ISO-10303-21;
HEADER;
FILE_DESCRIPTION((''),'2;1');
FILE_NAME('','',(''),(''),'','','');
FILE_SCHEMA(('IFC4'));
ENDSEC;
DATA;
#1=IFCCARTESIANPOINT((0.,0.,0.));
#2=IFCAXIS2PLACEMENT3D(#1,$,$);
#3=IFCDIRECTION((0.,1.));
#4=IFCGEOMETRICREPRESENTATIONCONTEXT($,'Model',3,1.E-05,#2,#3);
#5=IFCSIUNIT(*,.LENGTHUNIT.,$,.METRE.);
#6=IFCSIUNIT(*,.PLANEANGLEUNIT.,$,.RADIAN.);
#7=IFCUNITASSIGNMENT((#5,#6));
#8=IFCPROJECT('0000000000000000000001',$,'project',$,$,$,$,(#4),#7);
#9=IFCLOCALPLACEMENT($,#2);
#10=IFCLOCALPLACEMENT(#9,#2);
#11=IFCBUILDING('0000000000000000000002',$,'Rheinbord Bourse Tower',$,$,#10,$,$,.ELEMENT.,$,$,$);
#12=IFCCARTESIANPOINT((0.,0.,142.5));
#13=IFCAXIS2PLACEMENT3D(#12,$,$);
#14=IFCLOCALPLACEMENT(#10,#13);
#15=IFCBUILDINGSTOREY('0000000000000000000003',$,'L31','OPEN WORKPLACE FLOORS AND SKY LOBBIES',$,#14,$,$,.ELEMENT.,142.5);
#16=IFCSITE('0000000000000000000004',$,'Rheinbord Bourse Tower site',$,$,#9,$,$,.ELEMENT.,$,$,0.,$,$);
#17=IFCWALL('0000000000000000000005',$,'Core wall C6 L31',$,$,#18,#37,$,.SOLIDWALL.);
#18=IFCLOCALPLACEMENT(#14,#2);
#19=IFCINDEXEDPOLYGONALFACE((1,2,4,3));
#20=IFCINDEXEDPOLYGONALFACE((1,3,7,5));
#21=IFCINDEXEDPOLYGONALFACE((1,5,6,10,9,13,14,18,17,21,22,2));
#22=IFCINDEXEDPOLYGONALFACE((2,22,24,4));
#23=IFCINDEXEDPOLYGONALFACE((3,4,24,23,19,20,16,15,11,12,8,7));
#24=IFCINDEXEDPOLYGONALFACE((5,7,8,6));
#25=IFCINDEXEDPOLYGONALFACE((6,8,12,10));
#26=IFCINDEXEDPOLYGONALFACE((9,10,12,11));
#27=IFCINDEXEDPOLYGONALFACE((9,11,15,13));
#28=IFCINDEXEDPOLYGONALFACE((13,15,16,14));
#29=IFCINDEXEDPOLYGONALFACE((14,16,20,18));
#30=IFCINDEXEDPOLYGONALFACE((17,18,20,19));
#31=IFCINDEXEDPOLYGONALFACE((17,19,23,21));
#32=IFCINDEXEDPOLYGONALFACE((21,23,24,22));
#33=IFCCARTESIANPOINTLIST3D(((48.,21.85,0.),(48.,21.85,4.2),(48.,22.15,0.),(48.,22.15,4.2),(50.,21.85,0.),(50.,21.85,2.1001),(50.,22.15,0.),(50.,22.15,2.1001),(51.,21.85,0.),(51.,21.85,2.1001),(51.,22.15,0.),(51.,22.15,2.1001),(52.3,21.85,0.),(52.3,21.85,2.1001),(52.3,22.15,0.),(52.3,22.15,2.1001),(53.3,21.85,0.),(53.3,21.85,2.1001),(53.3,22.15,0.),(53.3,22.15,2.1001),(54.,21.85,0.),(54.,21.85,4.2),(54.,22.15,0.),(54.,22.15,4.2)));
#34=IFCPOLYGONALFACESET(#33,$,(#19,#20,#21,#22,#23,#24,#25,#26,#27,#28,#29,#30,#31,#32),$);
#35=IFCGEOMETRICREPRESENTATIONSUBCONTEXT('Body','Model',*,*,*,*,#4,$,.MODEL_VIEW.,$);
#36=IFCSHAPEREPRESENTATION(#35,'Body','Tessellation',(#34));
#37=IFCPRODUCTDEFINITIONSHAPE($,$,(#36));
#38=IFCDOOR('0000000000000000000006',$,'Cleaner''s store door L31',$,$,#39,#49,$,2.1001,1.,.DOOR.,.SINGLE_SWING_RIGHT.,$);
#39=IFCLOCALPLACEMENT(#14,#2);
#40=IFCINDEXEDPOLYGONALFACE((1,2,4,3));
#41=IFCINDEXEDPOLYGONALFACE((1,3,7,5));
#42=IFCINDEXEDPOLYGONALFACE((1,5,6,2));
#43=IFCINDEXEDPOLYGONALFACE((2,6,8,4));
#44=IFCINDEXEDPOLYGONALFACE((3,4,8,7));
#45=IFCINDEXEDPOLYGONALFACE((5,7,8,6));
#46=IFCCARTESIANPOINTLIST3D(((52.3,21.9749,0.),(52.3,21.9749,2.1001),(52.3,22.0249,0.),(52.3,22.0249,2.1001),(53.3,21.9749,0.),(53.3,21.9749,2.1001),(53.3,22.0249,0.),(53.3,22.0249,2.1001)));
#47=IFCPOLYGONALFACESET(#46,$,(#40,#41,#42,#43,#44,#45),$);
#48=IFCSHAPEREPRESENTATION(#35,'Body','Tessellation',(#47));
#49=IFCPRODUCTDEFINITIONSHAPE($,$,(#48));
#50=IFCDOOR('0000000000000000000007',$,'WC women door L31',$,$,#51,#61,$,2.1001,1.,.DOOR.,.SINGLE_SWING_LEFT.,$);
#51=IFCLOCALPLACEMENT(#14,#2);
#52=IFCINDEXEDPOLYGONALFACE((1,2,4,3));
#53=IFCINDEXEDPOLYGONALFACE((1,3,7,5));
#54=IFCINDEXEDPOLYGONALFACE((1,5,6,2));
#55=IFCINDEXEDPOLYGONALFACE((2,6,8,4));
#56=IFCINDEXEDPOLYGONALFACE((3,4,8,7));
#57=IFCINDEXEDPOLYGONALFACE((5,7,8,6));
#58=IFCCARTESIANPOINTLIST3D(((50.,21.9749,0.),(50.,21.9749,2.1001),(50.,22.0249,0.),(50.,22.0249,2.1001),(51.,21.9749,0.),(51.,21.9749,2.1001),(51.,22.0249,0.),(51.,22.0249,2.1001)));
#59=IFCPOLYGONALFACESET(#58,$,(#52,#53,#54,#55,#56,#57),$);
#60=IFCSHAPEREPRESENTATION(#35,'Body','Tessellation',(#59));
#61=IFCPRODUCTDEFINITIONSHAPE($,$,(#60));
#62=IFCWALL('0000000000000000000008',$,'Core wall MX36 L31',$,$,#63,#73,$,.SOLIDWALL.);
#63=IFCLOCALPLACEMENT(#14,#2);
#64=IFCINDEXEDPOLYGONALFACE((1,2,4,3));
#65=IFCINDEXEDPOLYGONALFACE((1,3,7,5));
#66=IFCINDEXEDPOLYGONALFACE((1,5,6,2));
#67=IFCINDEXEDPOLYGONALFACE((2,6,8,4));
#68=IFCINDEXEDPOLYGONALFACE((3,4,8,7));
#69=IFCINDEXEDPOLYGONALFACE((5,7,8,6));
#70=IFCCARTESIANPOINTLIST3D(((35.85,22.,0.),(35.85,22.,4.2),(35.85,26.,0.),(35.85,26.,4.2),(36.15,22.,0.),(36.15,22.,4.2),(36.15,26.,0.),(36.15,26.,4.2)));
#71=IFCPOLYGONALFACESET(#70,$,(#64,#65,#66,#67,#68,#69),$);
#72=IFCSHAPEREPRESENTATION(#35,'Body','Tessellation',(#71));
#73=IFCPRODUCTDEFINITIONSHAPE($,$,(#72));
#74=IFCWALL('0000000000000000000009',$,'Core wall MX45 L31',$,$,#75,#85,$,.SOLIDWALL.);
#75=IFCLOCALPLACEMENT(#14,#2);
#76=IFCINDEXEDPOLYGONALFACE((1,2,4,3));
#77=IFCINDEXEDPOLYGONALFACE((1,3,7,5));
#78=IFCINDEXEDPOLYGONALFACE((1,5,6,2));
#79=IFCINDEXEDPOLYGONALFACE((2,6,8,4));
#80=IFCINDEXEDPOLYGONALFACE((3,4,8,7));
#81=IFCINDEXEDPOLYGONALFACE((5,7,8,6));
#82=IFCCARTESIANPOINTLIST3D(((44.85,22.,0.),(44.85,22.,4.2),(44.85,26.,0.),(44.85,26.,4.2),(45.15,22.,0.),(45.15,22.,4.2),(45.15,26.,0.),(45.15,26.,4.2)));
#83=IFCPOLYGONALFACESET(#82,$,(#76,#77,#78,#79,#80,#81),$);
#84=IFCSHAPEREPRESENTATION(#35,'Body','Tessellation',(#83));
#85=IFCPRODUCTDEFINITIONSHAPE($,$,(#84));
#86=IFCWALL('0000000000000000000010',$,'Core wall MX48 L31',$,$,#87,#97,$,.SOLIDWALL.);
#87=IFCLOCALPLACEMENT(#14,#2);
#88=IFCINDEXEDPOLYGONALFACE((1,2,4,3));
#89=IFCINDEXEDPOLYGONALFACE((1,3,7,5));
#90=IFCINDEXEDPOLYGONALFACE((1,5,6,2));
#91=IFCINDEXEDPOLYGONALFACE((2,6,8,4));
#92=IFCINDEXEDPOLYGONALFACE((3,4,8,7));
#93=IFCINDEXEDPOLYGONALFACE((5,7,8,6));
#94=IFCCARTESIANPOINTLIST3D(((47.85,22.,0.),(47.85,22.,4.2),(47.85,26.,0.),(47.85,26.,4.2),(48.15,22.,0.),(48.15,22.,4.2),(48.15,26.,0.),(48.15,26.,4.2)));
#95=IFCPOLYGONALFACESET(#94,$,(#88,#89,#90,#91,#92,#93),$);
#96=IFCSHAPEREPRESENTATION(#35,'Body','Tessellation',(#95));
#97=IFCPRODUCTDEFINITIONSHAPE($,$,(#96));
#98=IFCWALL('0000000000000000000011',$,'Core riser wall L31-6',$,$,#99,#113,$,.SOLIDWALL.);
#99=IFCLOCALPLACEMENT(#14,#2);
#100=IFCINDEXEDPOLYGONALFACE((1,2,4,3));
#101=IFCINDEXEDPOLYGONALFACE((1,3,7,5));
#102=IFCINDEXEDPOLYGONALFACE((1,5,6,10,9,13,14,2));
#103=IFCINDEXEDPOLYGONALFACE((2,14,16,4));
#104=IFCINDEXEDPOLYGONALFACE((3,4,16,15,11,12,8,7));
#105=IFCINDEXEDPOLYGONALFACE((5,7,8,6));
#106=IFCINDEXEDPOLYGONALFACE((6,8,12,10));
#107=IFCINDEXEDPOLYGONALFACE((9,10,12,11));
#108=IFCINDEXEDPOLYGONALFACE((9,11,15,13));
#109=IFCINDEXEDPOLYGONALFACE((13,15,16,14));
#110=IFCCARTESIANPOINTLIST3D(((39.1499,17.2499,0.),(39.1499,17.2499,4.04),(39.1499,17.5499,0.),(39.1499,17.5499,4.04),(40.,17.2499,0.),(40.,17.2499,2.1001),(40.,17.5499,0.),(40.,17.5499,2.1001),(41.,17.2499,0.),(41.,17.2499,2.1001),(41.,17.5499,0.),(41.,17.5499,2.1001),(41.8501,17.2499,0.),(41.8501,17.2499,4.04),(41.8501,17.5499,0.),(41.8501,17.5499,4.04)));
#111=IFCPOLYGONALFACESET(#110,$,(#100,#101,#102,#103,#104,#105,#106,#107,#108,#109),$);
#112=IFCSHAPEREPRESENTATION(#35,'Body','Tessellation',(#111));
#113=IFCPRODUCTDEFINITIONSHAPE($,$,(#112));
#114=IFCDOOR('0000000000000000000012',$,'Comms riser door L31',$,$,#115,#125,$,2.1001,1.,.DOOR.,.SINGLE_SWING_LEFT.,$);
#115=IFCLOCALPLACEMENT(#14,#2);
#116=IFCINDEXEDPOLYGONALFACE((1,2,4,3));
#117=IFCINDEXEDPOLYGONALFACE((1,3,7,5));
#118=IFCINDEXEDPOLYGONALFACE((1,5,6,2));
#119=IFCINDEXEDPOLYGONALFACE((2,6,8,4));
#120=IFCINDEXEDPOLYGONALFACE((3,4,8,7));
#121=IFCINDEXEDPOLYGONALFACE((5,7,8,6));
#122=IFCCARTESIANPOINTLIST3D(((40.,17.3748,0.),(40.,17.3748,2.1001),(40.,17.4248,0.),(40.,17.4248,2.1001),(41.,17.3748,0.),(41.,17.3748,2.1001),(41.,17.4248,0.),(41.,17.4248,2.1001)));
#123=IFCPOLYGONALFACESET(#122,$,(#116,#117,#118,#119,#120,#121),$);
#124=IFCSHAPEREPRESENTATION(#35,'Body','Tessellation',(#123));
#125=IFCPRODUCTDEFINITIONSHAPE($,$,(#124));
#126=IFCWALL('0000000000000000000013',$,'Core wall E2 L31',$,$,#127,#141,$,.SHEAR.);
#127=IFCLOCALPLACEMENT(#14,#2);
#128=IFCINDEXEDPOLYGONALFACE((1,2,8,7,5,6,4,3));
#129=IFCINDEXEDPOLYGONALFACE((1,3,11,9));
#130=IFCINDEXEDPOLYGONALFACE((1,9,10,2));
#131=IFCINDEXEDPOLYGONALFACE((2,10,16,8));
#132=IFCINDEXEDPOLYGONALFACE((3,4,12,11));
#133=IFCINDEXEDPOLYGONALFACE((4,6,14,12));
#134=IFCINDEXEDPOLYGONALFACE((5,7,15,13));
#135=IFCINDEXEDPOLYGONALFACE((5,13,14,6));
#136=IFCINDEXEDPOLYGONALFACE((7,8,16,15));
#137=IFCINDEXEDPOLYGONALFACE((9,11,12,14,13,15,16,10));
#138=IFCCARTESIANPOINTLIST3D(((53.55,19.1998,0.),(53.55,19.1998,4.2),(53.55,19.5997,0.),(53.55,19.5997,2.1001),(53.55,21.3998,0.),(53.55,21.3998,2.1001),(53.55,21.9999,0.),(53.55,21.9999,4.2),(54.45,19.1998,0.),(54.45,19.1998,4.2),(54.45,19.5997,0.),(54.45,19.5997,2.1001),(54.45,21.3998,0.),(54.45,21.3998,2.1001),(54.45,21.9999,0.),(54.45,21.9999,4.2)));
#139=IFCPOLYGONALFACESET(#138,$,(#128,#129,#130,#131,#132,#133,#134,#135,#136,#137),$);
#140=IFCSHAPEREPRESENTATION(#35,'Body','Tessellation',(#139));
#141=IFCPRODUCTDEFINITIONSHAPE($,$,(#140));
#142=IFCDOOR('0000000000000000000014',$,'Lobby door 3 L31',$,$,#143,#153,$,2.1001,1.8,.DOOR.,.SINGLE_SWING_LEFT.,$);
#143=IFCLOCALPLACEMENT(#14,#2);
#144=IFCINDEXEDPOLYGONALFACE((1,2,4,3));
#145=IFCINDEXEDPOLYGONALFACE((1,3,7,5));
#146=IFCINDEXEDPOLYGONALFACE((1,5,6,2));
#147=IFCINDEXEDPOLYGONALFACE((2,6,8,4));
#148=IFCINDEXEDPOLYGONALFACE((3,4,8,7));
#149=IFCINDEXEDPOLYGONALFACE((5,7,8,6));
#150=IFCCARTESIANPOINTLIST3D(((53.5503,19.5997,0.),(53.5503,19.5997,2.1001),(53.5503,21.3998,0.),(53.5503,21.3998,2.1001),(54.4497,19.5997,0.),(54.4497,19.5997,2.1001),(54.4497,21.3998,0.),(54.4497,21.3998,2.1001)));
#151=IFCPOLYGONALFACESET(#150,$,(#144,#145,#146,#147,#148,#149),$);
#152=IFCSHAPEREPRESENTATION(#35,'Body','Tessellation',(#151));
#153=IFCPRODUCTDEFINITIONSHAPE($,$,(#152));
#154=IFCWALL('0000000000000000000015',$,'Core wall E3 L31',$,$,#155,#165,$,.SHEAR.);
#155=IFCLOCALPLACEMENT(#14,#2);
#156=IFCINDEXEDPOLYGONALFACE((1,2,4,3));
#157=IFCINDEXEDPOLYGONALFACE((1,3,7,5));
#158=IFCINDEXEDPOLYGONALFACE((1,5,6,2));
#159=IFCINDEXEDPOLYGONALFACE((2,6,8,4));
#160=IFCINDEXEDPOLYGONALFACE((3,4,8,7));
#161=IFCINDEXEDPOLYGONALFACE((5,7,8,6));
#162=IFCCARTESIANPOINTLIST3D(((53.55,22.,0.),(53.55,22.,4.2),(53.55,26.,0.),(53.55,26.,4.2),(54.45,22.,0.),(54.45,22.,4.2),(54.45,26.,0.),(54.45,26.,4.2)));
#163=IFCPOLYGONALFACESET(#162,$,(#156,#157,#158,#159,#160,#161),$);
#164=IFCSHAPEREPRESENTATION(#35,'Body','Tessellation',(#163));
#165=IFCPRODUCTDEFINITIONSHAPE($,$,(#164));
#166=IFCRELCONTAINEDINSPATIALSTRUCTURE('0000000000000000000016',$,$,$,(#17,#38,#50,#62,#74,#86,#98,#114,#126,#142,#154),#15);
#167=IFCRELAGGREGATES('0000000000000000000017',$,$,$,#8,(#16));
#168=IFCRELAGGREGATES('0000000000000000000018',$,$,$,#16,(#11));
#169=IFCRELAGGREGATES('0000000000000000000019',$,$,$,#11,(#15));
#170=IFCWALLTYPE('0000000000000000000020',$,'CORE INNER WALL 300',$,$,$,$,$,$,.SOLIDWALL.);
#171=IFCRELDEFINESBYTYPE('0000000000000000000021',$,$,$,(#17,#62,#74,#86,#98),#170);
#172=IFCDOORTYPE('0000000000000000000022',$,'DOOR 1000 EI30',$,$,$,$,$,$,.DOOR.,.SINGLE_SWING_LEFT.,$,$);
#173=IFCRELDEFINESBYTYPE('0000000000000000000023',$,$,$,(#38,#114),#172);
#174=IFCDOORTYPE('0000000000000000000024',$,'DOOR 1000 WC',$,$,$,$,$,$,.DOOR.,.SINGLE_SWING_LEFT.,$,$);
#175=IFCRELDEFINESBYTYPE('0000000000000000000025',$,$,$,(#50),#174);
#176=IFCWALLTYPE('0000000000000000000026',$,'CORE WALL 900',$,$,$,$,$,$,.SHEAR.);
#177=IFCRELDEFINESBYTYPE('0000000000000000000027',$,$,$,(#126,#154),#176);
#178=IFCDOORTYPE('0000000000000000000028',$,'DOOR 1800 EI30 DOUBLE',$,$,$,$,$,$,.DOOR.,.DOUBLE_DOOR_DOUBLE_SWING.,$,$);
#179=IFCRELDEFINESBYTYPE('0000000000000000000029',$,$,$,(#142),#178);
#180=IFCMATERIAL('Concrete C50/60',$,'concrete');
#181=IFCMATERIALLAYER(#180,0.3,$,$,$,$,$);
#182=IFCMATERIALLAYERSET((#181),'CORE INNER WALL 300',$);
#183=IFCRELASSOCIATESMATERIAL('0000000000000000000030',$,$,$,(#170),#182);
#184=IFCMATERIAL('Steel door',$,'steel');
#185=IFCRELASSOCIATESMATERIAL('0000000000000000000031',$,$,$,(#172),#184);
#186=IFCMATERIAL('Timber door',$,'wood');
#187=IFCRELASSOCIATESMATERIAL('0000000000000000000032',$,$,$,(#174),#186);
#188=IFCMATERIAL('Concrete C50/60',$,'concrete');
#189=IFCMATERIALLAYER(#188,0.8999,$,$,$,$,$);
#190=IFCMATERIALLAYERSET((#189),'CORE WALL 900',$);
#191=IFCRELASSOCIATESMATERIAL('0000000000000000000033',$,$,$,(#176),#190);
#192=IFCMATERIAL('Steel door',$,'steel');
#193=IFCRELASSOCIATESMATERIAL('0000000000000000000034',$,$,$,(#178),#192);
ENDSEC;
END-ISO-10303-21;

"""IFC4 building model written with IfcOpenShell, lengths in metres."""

from ifc_helpers import new_model, si_unit, direction, frame, frame_2d, origin, place, context, subcontext, project, spatial, rectangle, extrude, material, layer, layer_set, type_object, element, fill, save


model = new_model("IFC4")

# Units and contexts
model_context = context("Model", 3, precision=1e-05, world=origin(), true_north=direction((0.0, 1.0)))
body_context = subcontext(model_context, "Body", "Model", "MODEL_VIEW")
ifc_project = project(units=[si_unit("LENGTHUNIT", "METRE"), si_unit("PLANEANGLEUNIT", "RADIAN")], contexts=[model_context])

# Site, building, storey
site_placement = place(None, origin())
site = spatial("IfcSite", under=ifc_project, at=site_placement, Name="Rheinbord Bourse Tower site", CompositionType="ELEMENT", RefElevation=0.0)
building_placement = place(site_placement, origin())
building = spatial("IfcBuilding", under=site, at=building_placement, Name="Rheinbord Bourse Tower", CompositionType="ELEMENT")
storey_placement = place(building_placement, frame((0.0, 0.0, 142.5)))
storey = spatial("IfcBuildingStorey", under=building, at=storey_placement, Name="L31", Description="OPEN WORKPLACE FLOORS AND SKY LOBBIES", CompositionType="ELEMENT", Elevation=142.5)

# Shared definitions
ifc_material_1 = material(Name="Concrete C50/60", Category="concrete")
ifc_layer_1 = layer(ifc_material_1, 0.3)
ifc_layer_set_1 = layer_set([ifc_layer_1], Name="CORE INNER WALL 300")
wall_type_1 = type_object("IfcWallType", Name="CORE INNER WALL 300", PredefinedType="SOLIDWALL", material=ifc_layer_set_1)
ifc_material_2 = material(Name="Steel door", Category="steel")
door_type_1 = type_object("IfcDoorType", Name="DOOR 1000 EI30", OperationType="SINGLE_SWING_LEFT", PredefinedType="DOOR", material=ifc_material_2)

# Shared definitions
ifc_material_3 = material(Name="Timber door", Category="wood")
door_type_2 = type_object("IfcDoorType", Name="DOOR 1000 WC", OperationType="SINGLE_SWING_LEFT", PredefinedType="DOOR", material=ifc_material_3)

# Wall, openings, doors
wall_1_placement = place(storey_placement, frame((48.0, 22.0, 0.0), z_axis=(0.0, 0.0, 1.0), x_axis=(1.0, 0.0, 0.0)))
wall_1 = element("IfcWall", 1, at=wall_1_placement, inside=storey, type_object=wall_type_1, Name="Core wall C6 L31", PredefinedType="SOLIDWALL", context=body_context, shape_type="SweptSolid", body=[
    extrude(rectangle(XDim=6.0, YDim=0.3, at=frame_2d((3.0, 0.0))), origin(), (0.0, 0.0, 1.0), 4.2),
])
opening_1_placement = place(wall_1_placement, frame((2.0, 0.0, 0.0)))
opening_1 = element("IfcOpeningElement", 2, at=opening_1_placement, cuts=wall_1, PredefinedType="OPENING", context=body_context, shape_type="SweptSolid", body=[
    extrude(rectangle(XDim=1.0, YDim=2.1001, at=frame_2d((0.5, 1.05))), frame((0.0, 0.1599, 0.0), z_axis=(0.0, -1.0, 0.0), x_axis=(1.0, 0.0, 0.0)), (0.0, 0.0, 1.0), 0.3201),
])
opening_2_placement = place(wall_1_placement, frame((4.3, 0.0, 0.0)))
opening_2 = element("IfcOpeningElement", 3, at=opening_2_placement, cuts=wall_1, PredefinedType="OPENING", context=body_context, shape_type="SweptSolid", body=[
    extrude(rectangle(XDim=1.0, YDim=2.1001, at=frame_2d((0.5, 1.05))), frame((0.0, 0.1599, 0.0), z_axis=(0.0, -1.0, 0.0), x_axis=(1.0, 0.0, 0.0)), (0.0, 0.0, 1.0), 0.3201),
])
door_1_placement = place(opening_2_placement, origin())
door_1 = element("IfcDoor", 4, at=door_1_placement, inside=storey, type_object=door_type_1, Name="Cleaner's store door L31", OperationType="SINGLE_SWING_RIGHT", OverallHeight=2.1001, OverallWidth=1.0, PredefinedType="DOOR", context=body_context, shape_type="SweptSolid", body=[
    extrude(rectangle(XDim=1.0, YDim=2.1001, at=frame_2d((0.5, 1.05))), frame((0.0, 0.0249, 0.0), z_axis=(0.0, -1.0, 0.0), x_axis=(1.0, 0.0, 0.0)), (0.0, 0.0, 1.0), 0.05),
])
fill(opening_2, door_1)
door_2_placement = place(opening_1_placement, origin())
door_2 = element("IfcDoor", 5, at=door_2_placement, inside=storey, type_object=door_type_2, Name="WC women door L31", OperationType="SINGLE_SWING_LEFT", OverallHeight=2.1001, OverallWidth=1.0, PredefinedType="DOOR", context=body_context, shape_type="SweptSolid", body=[
    extrude(rectangle(XDim=1.0, YDim=2.1001, at=frame_2d((0.5, 1.05))), frame((0.0, 0.0249, 0.0), z_axis=(0.0, -1.0, 0.0), x_axis=(1.0, 0.0, 0.0)), (0.0, 0.0, 1.0), 0.05),
])
fill(opening_1, door_2)

# Walls
for number, where, z_axis, x_axis, name in (
    (6, (36.0, 22.0, 0.0), (0.0, 0.0, 1.0), (0.0, 1.0, 0.0), "Core wall MX36 L31"),
    (7, (45.0, 22.0, 0.0), (0.0, 0.0, 1.0), (0.0, 1.0, 0.0), "Core wall MX45 L31"),
    (8, (48.0, 22.0, 0.0), (0.0, 0.0, 1.0), (0.0, 1.0, 0.0), "Core wall MX48 L31"),
):
    element("IfcWall", number, at=place(storey_placement, frame(where, z_axis=z_axis, x_axis=x_axis)), inside=storey, type_object=wall_type_1, Name=name, PredefinedType="SOLIDWALL", context=body_context, shape_type="SweptSolid", body=[
        extrude(rectangle(XDim=4.0, YDim=0.3, at=frame_2d((2.0, 0.0))), origin(), (0.0, 0.0, 1.0), 4.2),
    ])

# Walls, openings, doors
wall_2_placement = place(storey_placement, frame((39.1499, 17.3999, 0.0), z_axis=(0.0, 0.0, 1.0), x_axis=(1.0, 0.0, 0.0)))
wall_2 = element("IfcWall", 9, at=wall_2_placement, inside=storey, type_object=wall_type_1, Name="Core riser wall L31-6", PredefinedType="SOLIDWALL", context=body_context, shape_type="SweptSolid", body=[
    extrude(rectangle(XDim=2.7002, YDim=0.3, at=frame_2d((1.3501, 0.0))), origin(), (0.0, 0.0, 1.0), 4.04),
])
opening_3_placement = place(wall_2_placement, frame((0.8501, 0.0, 0.0)))
opening_3 = element("IfcOpeningElement", 10, at=opening_3_placement, cuts=wall_2, PredefinedType="OPENING", context=body_context, shape_type="SweptSolid", body=[
    extrude(rectangle(XDim=1.0, YDim=2.1001, at=frame_2d((0.5, 1.05))), frame((0.0, 0.1599, 0.0), z_axis=(0.0, -1.0, 0.0), x_axis=(1.0, 0.0, 0.0)), (0.0, 0.0, 1.0), 0.3201),
])
door_3_placement = place(opening_3_placement, origin())
door_3 = element("IfcDoor", 11, at=door_3_placement, inside=storey, type_object=door_type_1, Name="Comms riser door L31", OperationType="SINGLE_SWING_LEFT", OverallHeight=2.1001, OverallWidth=1.0, PredefinedType="DOOR", context=body_context, shape_type="SweptSolid", body=[
    extrude(rectangle(XDim=1.0, YDim=2.1001, at=frame_2d((0.5, 1.05))), frame((0.0, 0.0249, 0.0), z_axis=(0.0, -1.0, 0.0), x_axis=(1.0, 0.0, 0.0)), (0.0, 0.0, 1.0), 0.05),
])
fill(opening_3, door_3)
ifc_material_4 = material(Name="Concrete C50/60", Category="concrete")
ifc_layer_2 = layer(ifc_material_4, 0.8999)
ifc_layer_set_2 = layer_set([ifc_layer_2], Name="CORE WALL 900")
wall_type_2 = type_object("IfcWallType", Name="CORE WALL 900", PredefinedType="SHEAR", material=ifc_layer_set_2)
wall_3_placement = place(storey_placement, frame((54.0, 19.2, 0.0), z_axis=(0.0, 0.0, 1.0), x_axis=(0.0, 1.0, 0.0)))
wall_3 = element("IfcWall", 12, at=wall_3_placement, inside=storey, type_object=wall_type_2, Name="Core wall E2 L31", PredefinedType="SHEAR", context=body_context, shape_type="SweptSolid", body=[
    extrude(rectangle(XDim=2.8, YDim=0.8999, at=frame_2d((1.3999, 0.0))), origin(), (0.0, 0.0, 1.0), 4.2),
])
opening_4_placement = place(wall_3_placement, frame((0.3999, 0.0, 0.0)))
opening_4 = element("IfcOpeningElement", 13, at=opening_4_placement, cuts=wall_3, PredefinedType="OPENING", context=body_context, shape_type="SweptSolid", body=[
    extrude(rectangle(XDim=1.8, YDim=2.1001, at=frame_2d((0.8999, 1.05))), frame((0.0, 0.46, 0.0), z_axis=(0.0, -1.0, 0.0), x_axis=(1.0, 0.0, 0.0)), (0.0, 0.0, 1.0), 0.9199),
])
ifc_material_5 = material(Name="Steel door", Category="steel")
door_type_3 = type_object("IfcDoorType", Name="DOOR 1800 EI30 DOUBLE", OperationType="DOUBLE_DOOR_DOUBLE_SWING", PredefinedType="DOOR", material=ifc_material_5)
door_4_placement = place(opening_4_placement, origin())
door_4 = element("IfcDoor", 14, at=door_4_placement, inside=storey, type_object=door_type_3, Name="Lobby door 3 L31", OperationType="SINGLE_SWING_LEFT", OverallHeight=2.1001, OverallWidth=1.8, PredefinedType="DOOR", context=body_context, shape_type="SweptSolid", body=[
    extrude(rectangle(XDim=1.8, YDim=2.1001, at=frame_2d((0.8999, 1.05))), frame((0.0, 0.4497, 0.0), z_axis=(0.0, -1.0, 0.0), x_axis=(1.0, 0.0, 0.0)), (0.0, 0.0, 1.0), 0.8994),
])
fill(opening_4, door_4)

# Wall
wall_4_placement = place(storey_placement, frame((54.0, 22.0, 0.0), z_axis=(0.0, 0.0, 1.0), x_axis=(0.0, 1.0, 0.0)))
element("IfcWall", 15, at=wall_4_placement, inside=storey, type_object=wall_type_2, Name="Core wall E3 L31", PredefinedType="SHEAR", context=body_context, shape_type="SweptSolid", body=[
    extrude(rectangle(XDim=4.0, YDim=0.8999, at=frame_2d((2.0, 0.0))), origin(), (0.0, 0.0, 1.0), 4.2),
])

save(model, "model.ifc")
